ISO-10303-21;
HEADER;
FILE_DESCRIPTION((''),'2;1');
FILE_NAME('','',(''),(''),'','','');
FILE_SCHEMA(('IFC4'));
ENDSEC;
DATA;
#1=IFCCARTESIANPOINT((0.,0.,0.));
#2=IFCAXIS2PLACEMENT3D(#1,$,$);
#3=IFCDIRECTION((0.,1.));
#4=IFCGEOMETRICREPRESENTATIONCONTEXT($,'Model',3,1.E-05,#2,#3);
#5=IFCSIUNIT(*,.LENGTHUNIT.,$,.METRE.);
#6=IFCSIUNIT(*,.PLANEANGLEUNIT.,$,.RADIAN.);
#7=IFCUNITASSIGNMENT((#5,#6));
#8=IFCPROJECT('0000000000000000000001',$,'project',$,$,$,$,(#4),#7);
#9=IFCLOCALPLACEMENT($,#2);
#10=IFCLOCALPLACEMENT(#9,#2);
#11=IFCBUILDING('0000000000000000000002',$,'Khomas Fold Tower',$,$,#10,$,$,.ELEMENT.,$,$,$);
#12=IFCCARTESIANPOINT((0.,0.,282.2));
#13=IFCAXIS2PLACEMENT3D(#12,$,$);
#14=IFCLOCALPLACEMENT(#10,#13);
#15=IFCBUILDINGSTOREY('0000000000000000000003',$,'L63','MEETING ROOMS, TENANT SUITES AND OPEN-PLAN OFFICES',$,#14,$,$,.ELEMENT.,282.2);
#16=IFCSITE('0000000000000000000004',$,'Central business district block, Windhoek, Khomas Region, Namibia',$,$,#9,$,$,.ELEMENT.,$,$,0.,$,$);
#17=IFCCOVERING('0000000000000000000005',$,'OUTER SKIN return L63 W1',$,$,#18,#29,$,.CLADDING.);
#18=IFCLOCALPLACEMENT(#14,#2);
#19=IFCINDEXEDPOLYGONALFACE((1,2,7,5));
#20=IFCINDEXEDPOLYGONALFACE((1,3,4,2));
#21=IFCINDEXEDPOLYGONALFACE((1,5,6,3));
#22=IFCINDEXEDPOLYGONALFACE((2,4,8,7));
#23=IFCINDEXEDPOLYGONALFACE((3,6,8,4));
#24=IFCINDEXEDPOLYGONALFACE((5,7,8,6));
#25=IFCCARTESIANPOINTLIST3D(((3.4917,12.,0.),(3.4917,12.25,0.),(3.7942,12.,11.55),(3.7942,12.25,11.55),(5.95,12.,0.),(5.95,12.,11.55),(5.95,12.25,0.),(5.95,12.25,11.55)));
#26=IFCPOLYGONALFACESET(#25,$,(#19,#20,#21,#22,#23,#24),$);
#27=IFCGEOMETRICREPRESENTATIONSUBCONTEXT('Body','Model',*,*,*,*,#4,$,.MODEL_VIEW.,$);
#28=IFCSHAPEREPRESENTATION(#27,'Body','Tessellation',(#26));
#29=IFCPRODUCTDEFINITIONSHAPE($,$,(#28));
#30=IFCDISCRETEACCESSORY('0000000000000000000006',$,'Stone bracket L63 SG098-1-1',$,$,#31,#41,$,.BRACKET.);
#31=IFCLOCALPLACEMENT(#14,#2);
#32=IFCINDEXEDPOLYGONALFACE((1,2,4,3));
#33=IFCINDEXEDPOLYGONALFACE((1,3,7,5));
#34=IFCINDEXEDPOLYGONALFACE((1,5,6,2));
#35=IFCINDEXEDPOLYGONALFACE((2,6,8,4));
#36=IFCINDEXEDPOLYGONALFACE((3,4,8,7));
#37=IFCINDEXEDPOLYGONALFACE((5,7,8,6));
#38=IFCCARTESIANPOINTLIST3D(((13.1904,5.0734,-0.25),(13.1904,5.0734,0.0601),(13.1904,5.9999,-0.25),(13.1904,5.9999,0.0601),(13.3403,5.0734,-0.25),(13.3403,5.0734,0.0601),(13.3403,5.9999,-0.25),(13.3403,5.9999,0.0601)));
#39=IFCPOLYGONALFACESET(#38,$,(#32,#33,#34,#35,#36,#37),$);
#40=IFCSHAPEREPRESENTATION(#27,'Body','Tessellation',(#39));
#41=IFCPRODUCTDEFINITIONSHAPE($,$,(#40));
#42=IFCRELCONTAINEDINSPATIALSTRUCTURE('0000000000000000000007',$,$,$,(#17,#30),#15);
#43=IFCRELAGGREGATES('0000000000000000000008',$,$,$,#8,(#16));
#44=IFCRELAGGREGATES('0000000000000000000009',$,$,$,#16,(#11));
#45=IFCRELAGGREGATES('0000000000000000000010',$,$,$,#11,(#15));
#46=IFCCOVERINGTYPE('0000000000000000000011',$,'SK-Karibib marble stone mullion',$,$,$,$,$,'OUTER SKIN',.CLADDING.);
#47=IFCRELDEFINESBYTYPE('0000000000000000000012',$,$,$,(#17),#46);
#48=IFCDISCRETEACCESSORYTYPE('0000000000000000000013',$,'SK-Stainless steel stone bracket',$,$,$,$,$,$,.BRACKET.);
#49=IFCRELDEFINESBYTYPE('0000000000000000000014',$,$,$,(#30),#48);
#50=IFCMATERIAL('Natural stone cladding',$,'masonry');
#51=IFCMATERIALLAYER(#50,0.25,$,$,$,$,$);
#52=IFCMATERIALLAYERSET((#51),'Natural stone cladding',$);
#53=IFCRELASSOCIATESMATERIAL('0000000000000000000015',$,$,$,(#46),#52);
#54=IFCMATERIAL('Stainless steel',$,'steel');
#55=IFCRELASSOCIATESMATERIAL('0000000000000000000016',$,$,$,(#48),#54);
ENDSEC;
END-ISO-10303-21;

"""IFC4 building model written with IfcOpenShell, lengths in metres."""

from ifc_helpers import new_model, si_unit, direction, frame, origin, origin_2d, place, context, subcontext, project, spatial, polyline, rectangle, outline, extrude, source, transform, mapped, material, layer, layer_set, type_object, element, save


model = new_model("IFC4")

# Units and contexts
model_context = context("Model", 3, precision=1e-05, world=origin(), true_north=direction((0.0, 1.0)))
body_context = subcontext(model_context, "Body", "Model", "MODEL_VIEW")
ifc_project = project(units=[si_unit("LENGTHUNIT", "METRE"), si_unit("PLANEANGLEUNIT", "RADIAN")], contexts=[model_context])

# Site, building, storey
site_placement = place(None, origin())
site = spatial("IfcSite", under=ifc_project, at=site_placement, Name="Central business district block, Windhoek, Khomas Region, Namibia", CompositionType="ELEMENT", RefElevation=0.0)
building_placement = place(site_placement, origin())
building = spatial("IfcBuilding", under=site, at=building_placement, Name="Khomas Fold Tower", CompositionType="ELEMENT")
storey_placement = place(building_placement, frame((0.0, 0.0, 282.2)))
storey = spatial("IfcBuildingStorey", under=building, at=storey_placement, Name="L63", Description="MEETING ROOMS, TENANT SUITES AND OPEN-PLAN OFFICES", CompositionType="ELEMENT", Elevation=282.2)

# Covering
ifc_material_1 = material(Name="Natural stone cladding", Category="masonry")
ifc_layer_1 = layer(ifc_material_1, 0.25)
ifc_layer_set_1 = layer_set([ifc_layer_1], Name="Natural stone cladding")
covering_type = type_object("IfcCoveringType", Name="SK-Karibib marble stone mullion", ElementType="OUTER SKIN", PredefinedType="CLADDING", material=ifc_layer_set_1)
covering_placement = place(storey_placement, frame((5.95, 12.0, 11.55), z_axis=(0.0, -1.0, 0.0), x_axis=(-1.0, 0.0, 0.0)))
element("IfcCovering", 1, at=covering_placement, inside=storey, type_object=covering_type, Name="OUTER SKIN return L63 W1", PredefinedType="CLADDING", context=body_context, shape_type="SweptSolid", body=[
    extrude(outline(polyline([(0.0, 0.0), (2.1558, 0.0), (2.4583, 11.55), (0.0, 11.55), (0.0, 0.0)])), origin(), (0.0, 0.0, -1.0), 0.25),
])

# Discrete accessory
ifc_material_2 = material(Name="Stainless steel", Category="steel")
discrete_accessory_type = type_object("IfcDiscreteAccessoryType", Name="SK-Stainless steel stone bracket", PredefinedType="BRACKET", material=ifc_material_2)
shared_shape_1 = source(origin(), body_context, "Body", "SweptSolid", [
    extrude(rectangle(XDim=0.9265, YDim=0.1499, at=origin_2d()), origin(), (0.0, 0.0, 1.0), 0.3101),
])
discrete_accessory_placement = place(storey_placement, frame((13.2654, 5.5366, -0.25), z_axis=(0.0, 0.0, 1.0), x_axis=(0.0, -1.0, 0.0)))
element("IfcDiscreteAccessory", 2, at=discrete_accessory_placement, inside=storey, type_object=discrete_accessory_type, Name="Stone bracket L63 SG098-1-1", PredefinedType="BRACKET", context=body_context, shape_type="MappedRepresentation", body=[
    mapped(shared_shape_1, transform((0.0, 0.0, 0.0))),
])

save(model, "model.ifc")
